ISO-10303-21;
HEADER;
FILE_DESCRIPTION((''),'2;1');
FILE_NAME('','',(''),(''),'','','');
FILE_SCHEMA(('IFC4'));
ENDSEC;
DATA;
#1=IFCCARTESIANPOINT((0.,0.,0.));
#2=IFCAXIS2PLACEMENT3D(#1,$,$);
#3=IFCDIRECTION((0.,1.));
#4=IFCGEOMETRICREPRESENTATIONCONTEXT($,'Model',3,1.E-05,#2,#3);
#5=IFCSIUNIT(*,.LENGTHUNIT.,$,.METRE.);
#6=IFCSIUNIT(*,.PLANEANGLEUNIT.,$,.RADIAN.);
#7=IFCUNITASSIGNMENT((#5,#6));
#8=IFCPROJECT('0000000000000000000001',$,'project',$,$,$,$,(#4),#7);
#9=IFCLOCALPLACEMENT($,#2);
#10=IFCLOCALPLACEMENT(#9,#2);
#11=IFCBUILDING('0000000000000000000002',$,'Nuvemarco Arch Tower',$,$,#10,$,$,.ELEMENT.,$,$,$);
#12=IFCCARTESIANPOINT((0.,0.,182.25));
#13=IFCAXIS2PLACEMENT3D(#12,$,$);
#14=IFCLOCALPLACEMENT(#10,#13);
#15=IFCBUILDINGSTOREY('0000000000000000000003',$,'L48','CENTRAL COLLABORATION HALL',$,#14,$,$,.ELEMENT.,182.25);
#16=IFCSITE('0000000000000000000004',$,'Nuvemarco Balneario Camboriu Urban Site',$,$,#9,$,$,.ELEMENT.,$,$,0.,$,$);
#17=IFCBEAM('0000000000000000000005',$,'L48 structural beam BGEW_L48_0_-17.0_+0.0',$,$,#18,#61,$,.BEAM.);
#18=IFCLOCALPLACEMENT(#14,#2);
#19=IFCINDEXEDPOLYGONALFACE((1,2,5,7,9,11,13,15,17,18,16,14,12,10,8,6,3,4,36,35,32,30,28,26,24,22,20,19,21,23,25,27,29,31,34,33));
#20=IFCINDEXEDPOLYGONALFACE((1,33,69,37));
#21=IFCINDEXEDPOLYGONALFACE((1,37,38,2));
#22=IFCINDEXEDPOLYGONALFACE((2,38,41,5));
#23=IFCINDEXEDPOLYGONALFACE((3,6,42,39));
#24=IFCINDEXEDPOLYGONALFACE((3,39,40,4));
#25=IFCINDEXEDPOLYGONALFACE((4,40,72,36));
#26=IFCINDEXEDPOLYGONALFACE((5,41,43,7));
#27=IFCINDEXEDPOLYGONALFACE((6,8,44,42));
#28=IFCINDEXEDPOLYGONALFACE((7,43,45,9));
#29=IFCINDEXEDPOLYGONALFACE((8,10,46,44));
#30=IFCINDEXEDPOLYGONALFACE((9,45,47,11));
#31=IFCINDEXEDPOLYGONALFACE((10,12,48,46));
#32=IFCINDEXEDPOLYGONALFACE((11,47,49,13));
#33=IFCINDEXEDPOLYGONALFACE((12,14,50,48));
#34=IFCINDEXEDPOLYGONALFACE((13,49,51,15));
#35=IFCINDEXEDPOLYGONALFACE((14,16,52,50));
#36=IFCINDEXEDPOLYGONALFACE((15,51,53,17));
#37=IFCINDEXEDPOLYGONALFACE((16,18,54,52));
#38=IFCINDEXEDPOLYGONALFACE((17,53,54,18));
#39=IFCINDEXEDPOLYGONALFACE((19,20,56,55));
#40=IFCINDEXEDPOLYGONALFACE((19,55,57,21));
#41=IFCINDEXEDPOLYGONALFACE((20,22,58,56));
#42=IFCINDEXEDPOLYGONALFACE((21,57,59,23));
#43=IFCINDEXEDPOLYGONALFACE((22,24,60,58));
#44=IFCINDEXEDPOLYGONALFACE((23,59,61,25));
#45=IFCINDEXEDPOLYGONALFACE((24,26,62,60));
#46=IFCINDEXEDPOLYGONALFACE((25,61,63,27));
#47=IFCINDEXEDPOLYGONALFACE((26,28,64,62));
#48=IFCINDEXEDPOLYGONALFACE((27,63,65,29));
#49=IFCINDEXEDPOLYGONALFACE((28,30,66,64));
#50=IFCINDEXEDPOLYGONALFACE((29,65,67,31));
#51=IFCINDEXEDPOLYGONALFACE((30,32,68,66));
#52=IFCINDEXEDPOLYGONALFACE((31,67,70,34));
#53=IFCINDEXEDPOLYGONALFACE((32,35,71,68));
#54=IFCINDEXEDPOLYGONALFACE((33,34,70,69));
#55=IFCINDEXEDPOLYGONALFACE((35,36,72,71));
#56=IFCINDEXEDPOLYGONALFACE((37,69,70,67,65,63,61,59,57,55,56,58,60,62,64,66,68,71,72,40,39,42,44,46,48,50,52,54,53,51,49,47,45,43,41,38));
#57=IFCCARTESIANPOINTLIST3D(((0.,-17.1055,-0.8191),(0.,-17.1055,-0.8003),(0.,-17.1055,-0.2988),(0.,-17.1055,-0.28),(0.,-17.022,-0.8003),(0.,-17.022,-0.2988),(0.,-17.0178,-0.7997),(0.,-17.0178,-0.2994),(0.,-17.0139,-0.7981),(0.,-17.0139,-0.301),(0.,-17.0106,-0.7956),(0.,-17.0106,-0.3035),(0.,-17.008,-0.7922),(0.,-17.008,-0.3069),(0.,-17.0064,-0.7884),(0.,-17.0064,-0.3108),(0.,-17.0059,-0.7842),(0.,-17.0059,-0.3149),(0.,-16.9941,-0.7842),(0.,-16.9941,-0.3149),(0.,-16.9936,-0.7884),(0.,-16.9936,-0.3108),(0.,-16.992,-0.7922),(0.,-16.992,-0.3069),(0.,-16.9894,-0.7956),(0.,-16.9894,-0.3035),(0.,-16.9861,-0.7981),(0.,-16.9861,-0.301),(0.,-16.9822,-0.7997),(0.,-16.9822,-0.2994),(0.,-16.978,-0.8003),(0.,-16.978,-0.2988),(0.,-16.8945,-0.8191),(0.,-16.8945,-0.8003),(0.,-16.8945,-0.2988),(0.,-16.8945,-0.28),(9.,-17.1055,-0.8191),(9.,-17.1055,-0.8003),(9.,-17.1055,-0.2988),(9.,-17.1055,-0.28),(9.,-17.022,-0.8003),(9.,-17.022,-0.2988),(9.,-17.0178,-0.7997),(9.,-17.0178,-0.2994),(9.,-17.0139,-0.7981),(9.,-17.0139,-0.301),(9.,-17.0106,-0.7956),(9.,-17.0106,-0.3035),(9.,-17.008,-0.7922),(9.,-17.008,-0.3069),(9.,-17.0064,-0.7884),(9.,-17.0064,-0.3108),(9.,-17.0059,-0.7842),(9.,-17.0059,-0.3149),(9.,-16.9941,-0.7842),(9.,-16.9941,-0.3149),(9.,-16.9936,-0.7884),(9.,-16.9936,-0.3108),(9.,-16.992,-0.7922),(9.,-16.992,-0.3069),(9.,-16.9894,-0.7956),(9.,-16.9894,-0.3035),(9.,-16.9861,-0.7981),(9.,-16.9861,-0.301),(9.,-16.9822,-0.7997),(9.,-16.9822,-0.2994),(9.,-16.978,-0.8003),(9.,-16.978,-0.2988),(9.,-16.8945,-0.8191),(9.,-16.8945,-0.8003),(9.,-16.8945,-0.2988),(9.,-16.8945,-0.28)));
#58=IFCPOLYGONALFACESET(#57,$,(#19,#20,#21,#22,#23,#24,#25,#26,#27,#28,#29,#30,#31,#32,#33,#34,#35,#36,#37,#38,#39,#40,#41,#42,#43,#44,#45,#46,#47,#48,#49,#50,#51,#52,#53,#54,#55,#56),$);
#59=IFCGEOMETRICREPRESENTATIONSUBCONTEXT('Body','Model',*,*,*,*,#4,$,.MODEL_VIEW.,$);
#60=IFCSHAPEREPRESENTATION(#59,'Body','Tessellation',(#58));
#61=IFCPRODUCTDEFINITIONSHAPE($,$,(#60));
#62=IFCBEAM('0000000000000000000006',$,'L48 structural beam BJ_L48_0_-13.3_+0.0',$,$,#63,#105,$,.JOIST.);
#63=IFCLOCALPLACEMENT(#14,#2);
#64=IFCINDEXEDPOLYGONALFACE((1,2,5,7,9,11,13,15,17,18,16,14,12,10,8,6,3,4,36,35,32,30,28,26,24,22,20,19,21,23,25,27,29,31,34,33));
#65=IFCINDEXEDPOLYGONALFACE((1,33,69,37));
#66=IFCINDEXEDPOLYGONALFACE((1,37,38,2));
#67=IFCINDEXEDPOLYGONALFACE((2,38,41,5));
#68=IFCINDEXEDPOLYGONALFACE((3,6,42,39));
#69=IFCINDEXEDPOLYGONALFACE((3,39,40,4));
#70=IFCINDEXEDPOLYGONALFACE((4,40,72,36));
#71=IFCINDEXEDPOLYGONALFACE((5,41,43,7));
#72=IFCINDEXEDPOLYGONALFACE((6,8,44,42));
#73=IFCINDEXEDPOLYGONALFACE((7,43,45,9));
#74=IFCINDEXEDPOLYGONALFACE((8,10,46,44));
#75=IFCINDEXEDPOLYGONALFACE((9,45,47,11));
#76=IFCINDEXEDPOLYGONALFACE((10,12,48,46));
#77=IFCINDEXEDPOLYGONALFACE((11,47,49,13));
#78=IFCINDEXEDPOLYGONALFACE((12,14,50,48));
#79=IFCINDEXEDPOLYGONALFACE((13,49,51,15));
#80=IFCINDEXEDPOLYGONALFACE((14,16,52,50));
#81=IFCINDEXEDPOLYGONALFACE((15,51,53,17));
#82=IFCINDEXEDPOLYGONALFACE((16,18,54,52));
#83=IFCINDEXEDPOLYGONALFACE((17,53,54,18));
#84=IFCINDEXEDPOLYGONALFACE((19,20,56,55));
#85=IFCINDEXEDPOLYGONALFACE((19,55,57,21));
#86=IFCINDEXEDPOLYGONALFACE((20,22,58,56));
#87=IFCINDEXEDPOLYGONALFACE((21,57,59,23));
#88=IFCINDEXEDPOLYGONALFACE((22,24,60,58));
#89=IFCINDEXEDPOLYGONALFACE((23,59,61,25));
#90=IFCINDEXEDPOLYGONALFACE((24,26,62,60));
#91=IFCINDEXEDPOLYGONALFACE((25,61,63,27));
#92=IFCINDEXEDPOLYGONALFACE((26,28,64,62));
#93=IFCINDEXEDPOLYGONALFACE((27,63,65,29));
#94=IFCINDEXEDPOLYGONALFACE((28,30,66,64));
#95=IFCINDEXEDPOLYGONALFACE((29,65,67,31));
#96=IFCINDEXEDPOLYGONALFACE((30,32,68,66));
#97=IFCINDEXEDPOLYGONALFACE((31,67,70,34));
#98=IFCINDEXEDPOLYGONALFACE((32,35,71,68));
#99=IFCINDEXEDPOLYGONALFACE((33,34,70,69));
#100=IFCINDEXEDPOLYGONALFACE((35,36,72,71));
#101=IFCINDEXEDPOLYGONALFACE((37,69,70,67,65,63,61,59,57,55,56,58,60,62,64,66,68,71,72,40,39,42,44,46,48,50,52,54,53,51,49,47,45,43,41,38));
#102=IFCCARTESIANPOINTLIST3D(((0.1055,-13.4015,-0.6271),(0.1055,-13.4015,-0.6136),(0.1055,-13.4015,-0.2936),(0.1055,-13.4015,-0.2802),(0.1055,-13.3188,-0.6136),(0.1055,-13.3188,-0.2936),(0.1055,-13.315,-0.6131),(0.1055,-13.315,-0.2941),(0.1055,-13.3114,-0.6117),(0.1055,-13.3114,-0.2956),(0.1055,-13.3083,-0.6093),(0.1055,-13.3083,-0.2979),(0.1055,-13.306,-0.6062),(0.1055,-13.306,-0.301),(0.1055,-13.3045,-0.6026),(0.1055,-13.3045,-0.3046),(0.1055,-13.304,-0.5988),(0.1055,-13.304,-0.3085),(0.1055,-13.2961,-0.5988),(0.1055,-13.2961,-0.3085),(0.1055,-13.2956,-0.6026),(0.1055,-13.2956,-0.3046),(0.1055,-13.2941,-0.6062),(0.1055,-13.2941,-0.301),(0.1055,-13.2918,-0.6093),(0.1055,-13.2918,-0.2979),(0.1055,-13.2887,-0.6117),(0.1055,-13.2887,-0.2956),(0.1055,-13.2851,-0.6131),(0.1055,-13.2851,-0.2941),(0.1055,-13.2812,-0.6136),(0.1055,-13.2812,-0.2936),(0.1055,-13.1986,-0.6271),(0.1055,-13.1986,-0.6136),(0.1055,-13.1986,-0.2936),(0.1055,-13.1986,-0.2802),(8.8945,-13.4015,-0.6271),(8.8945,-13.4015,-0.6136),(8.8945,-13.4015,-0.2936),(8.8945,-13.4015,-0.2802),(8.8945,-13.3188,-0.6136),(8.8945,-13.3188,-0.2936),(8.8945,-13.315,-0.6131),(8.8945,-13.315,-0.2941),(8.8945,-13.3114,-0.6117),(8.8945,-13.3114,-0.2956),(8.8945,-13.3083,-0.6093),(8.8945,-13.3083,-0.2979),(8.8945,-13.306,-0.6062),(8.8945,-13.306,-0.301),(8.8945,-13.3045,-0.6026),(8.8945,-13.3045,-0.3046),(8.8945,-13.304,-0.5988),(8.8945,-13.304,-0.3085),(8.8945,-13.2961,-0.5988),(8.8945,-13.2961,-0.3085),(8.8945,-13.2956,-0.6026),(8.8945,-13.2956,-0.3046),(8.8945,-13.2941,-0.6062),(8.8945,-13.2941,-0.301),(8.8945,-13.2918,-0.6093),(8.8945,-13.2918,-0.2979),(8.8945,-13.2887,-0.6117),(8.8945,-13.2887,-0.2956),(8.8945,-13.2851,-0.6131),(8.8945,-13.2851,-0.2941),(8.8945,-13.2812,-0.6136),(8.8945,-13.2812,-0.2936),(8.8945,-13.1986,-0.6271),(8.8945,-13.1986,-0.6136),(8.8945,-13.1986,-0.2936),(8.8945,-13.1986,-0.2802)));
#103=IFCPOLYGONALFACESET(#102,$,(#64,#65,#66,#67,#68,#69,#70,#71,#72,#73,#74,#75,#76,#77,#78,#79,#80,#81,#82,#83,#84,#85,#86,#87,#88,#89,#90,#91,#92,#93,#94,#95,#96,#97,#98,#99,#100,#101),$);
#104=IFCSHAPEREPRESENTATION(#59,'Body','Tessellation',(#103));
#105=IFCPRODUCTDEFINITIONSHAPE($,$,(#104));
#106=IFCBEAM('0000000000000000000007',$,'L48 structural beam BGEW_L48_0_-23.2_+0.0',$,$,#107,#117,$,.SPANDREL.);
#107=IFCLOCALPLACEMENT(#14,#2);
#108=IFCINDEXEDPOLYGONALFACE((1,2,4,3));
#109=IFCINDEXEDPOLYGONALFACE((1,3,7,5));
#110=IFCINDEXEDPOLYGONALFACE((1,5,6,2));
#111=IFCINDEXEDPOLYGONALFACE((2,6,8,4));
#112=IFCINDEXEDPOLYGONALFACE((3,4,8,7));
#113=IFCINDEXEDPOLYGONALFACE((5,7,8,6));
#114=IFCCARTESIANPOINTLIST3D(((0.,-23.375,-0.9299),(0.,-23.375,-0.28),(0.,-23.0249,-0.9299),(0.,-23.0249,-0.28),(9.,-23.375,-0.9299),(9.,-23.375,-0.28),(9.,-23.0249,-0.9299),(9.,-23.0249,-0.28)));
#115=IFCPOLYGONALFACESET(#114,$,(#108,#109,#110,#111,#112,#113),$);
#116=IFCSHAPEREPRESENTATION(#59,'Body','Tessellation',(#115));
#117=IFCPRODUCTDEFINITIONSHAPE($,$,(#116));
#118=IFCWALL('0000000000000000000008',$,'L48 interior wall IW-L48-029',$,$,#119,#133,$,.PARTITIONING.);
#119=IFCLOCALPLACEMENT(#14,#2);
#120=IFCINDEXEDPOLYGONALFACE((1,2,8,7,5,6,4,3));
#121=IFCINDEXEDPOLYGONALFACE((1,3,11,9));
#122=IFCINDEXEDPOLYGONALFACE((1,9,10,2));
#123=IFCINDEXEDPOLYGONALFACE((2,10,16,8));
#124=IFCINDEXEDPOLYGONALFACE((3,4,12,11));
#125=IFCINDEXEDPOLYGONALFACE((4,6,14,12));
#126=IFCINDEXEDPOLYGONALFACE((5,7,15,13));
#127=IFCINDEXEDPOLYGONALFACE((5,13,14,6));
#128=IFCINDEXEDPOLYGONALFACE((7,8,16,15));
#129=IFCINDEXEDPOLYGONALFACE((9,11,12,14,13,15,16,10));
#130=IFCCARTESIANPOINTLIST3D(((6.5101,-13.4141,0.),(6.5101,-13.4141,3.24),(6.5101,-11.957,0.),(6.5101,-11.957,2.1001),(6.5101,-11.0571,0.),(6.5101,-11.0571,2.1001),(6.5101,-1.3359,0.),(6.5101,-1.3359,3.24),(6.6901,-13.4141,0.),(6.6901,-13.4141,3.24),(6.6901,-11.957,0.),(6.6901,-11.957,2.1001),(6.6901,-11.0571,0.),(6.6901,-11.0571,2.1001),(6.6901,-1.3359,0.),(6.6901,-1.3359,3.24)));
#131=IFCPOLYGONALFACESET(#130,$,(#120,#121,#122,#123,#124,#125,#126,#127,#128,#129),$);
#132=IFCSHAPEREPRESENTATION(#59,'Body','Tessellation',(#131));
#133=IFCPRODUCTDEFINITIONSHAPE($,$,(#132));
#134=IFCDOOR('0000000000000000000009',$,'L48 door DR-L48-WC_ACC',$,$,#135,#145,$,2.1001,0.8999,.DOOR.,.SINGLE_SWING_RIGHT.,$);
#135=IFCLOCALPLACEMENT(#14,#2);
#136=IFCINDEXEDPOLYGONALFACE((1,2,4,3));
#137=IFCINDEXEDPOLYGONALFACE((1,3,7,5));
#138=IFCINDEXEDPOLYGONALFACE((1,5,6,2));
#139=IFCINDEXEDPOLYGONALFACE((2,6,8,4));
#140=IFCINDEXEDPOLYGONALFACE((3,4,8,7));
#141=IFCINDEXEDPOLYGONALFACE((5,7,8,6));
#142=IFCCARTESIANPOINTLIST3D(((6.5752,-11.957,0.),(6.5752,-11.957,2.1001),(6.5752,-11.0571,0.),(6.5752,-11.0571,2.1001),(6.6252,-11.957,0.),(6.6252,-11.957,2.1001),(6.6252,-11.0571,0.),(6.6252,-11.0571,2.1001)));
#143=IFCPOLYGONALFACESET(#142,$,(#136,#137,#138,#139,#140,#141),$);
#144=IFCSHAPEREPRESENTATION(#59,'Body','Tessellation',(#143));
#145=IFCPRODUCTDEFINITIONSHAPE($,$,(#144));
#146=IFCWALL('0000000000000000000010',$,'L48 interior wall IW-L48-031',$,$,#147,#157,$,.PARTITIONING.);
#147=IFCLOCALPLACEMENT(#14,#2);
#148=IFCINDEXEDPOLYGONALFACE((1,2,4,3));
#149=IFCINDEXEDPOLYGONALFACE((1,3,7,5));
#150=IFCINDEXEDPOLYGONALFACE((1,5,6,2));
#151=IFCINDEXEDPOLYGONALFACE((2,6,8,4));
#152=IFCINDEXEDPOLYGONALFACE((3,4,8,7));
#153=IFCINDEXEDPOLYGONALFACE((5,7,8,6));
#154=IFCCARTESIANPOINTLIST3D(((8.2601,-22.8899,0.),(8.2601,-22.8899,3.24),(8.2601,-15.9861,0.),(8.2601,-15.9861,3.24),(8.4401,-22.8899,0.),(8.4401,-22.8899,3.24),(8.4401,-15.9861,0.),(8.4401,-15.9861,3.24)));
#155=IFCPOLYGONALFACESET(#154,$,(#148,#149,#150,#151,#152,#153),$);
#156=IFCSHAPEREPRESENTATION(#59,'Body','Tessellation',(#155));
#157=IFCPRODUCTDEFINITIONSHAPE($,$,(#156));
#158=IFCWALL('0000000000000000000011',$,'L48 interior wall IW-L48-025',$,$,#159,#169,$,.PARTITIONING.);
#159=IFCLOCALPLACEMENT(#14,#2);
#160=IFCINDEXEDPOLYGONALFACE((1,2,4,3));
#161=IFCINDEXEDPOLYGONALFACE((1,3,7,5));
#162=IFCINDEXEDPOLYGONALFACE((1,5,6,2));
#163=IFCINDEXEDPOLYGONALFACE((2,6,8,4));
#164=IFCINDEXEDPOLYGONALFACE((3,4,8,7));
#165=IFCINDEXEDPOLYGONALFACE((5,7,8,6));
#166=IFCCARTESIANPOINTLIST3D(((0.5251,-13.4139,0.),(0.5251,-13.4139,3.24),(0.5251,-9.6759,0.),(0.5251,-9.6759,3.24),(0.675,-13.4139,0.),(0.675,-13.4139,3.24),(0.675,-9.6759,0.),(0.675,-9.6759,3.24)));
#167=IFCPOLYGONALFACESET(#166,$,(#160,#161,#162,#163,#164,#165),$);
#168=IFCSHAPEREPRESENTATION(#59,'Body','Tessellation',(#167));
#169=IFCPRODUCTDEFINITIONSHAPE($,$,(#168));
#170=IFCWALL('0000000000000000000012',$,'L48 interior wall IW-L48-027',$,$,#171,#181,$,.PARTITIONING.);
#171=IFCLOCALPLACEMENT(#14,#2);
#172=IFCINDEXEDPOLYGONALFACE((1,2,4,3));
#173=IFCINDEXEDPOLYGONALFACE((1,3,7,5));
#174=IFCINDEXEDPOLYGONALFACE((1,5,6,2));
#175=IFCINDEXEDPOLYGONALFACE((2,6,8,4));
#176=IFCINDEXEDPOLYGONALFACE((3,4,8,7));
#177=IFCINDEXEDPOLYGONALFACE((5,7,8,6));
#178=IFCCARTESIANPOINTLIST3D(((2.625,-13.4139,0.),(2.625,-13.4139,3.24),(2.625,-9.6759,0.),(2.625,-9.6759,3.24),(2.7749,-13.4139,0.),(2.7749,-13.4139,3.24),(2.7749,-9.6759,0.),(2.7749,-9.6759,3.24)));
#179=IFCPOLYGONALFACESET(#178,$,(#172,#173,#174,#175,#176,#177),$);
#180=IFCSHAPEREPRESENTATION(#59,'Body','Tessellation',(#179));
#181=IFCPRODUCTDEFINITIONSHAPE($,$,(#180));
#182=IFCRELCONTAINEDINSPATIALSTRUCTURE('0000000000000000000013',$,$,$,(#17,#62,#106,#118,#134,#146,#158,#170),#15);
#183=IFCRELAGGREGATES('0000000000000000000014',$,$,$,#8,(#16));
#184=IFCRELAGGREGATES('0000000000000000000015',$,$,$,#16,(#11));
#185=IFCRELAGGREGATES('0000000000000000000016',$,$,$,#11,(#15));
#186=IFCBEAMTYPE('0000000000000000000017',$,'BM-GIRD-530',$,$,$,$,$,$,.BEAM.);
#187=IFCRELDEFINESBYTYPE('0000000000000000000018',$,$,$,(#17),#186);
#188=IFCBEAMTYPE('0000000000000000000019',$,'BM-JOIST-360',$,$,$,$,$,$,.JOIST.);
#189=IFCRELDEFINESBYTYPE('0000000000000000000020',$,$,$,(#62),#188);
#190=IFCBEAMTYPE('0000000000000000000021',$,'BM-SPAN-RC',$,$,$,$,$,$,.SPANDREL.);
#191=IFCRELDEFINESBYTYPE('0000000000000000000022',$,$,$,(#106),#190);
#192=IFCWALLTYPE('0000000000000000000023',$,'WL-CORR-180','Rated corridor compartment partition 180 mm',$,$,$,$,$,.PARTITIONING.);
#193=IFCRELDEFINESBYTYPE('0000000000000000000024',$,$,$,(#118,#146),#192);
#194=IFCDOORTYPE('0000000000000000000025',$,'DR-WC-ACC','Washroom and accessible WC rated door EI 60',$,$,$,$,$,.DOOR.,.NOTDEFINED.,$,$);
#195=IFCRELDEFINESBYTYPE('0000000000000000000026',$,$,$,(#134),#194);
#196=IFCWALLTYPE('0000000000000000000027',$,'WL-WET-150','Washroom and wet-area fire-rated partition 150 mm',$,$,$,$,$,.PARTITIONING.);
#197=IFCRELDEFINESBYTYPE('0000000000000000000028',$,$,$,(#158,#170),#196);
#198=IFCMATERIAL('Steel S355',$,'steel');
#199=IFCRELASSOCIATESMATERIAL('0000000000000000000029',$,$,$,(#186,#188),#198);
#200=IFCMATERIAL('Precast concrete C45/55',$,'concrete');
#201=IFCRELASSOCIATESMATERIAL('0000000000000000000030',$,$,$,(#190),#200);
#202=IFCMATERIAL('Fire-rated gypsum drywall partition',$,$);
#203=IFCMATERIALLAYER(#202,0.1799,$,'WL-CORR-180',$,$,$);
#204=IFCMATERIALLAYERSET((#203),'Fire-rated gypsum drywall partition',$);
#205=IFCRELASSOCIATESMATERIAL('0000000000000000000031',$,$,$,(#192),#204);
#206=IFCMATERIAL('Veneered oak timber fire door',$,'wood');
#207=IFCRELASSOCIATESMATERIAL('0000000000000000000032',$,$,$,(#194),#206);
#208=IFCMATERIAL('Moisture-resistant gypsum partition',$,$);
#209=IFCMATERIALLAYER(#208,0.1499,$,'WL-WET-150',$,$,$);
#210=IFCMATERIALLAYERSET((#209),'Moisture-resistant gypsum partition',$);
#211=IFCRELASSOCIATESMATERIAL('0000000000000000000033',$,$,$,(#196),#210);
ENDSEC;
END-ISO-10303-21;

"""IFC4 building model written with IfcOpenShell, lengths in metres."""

from ifc_helpers import new_model, si_unit, direction, frame, frame_2d, origin, origin_2d, place, context, subcontext, project, spatial, rectangle, i_section, extrude, source, transform, mapped, material, layer, layer_set, material_profile, profile_set, type_object, type_shapes, element, fill, save


model = new_model("IFC4")

# Units and contexts
model_context = context("Model", 3, precision=1e-05, world=origin(), true_north=direction((0.0, 1.0)))
body_context = subcontext(model_context, "Body", "Model", "MODEL_VIEW")
ifc_project = project(units=[si_unit("LENGTHUNIT", "METRE"), si_unit("PLANEANGLEUNIT", "RADIAN")], contexts=[model_context])

# Site, building, storey
site_placement = place(None, origin())
site = spatial("IfcSite", under=ifc_project, at=site_placement, Name="Nuvemarco Balneario Camboriu Urban Site", CompositionType="ELEMENT", RefElevation=0.0)
building_placement = place(site_placement, origin())
building = spatial("IfcBuilding", under=site, at=building_placement, Name="Nuvemarco Arch Tower", CompositionType="ELEMENT")
storey_placement = place(building_placement, frame((0.0, 0.0, 182.25)))
storey = spatial("IfcBuildingStorey", under=building, at=storey_placement, Name="L48", Description="CENTRAL COLLABORATION HALL", CompositionType="ELEMENT", Elevation=182.25)

# Shared definitions
ifc_material_1 = material(Name="Steel S355", Category="steel")

# Beams
ifc_material_profile_1 = material_profile(ifc_material_1, i_section(OverallWidth=0.2109, OverallDepth=0.5391, WebThickness=0.0117, FlangeThickness=0.0188, FilletRadius=0.0161, at=origin_2d()), Name="W530x109")
ifc_profile_set_1 = profile_set([ifc_material_profile_1], Name="Steel S355")
beam_type_1 = type_object("IfcBeamType", Name="BM-GIRD-530", PredefinedType="BEAM", material=ifc_profile_set_1)
beam_1_placement = place(storey_placement, frame((0.0, -17.0, -0.5496), z_axis=(1.0, 0.0, 0.0), x_axis=(0.0, 1.0, 0.0)))
element("IfcBeam", 1, at=beam_1_placement, inside=storey, type_object=beam_type_1, Name="L48 structural beam BGEW_L48_0_-17.0_+0.0", PredefinedType="BEAM", context=body_context, shape_type="SweptSolid", body=[
    extrude(i_section(OverallWidth=0.2109, OverallDepth=0.5391, WebThickness=0.0117, FlangeThickness=0.0188, FilletRadius=0.0161, at=origin_2d()), origin(), (0.0, 0.0, 1.0), 9.0),
])
ifc_material_profile_2 = material_profile(ifc_material_1, i_section(OverallWidth=0.2029, OverallDepth=0.3469, WebThickness=0.0078, FlangeThickness=0.0134, FilletRadius=0.0149, at=origin_2d()), Name="W360x64")
ifc_profile_set_2 = profile_set([ifc_material_profile_2], Name="Steel S355")
beam_type_2 = type_object("IfcBeamType", Name="BM-JOIST-360", PredefinedType="JOIST", material=ifc_profile_set_2)
beam_2_placement = place(storey_placement, frame((0.1055, -13.3, -0.4536), z_axis=(1.0, 0.0, 0.0), x_axis=(0.0, 1.0, 0.0)))
element("IfcBeam", 2, at=beam_2_placement, inside=storey, type_object=beam_type_2, Name="L48 structural beam BJ_L48_0_-13.3_+0.0", PredefinedType="JOIST", context=body_context, shape_type="SweptSolid", body=[
    extrude(i_section(OverallWidth=0.2029, OverallDepth=0.3469, WebThickness=0.0078, FlangeThickness=0.0134, FilletRadius=0.0149, at=origin_2d()), origin(), (0.0, 0.0, 1.0), 8.7891),
])
ifc_material_2 = material(Name="Precast concrete C45/55", Category="concrete")
ifc_material_profile_3 = material_profile(ifc_material_2, rectangle(XDim=0.3501, YDim=0.6499, at=origin_2d()), Name="PC-SP-350x650")
ifc_profile_set_3 = profile_set([ifc_material_profile_3], Name="Precast concrete C45/55")
beam_type_3 = type_object("IfcBeamType", Name="BM-SPAN-RC", PredefinedType="SPANDREL", material=ifc_profile_set_3)
beam_3_placement = place(storey_placement, frame((0.0, -23.2, -0.605), z_axis=(1.0, 0.0, 0.0), x_axis=(0.0, 1.0, 0.0)))
element("IfcBeam", 3, at=beam_3_placement, inside=storey, type_object=beam_type_3, Name="L48 structural beam BGEW_L48_0_-23.2_+0.0", PredefinedType="SPANDREL", context=body_context, shape_type="SweptSolid", body=[
    extrude(rectangle(XDim=0.3501, YDim=0.6499, at=origin_2d()), origin(), (0.0, 0.0, 1.0), 9.0),
])

# Wall, opening, door
ifc_material_3 = material(Name="Fire-rated gypsum drywall partition")
ifc_layer_1 = layer(ifc_material_3, 0.1799, Name="WL-CORR-180")
ifc_layer_set_1 = layer_set([ifc_layer_1], Name="Fire-rated gypsum drywall partition")
wall_type_1 = type_object("IfcWallType", Name="WL-CORR-180", Description="Rated corridor compartment partition 180 mm", PredefinedType="PARTITIONING", material=ifc_layer_set_1)
wall_1_placement = place(storey_placement, frame((6.6001, -13.4141, 0.0), z_axis=(0.0, 0.0, 1.0), x_axis=(0.0, 1.0, 0.0)))
wall_1 = element("IfcWall", 4, at=wall_1_placement, inside=storey, type_object=wall_type_1, Name="L48 interior wall IW-L48-029", PredefinedType="PARTITIONING", context=body_context, shape_type="SweptSolid", body=[
    extrude(rectangle(XDim=12.0781, YDim=0.1799, at=frame_2d((6.0391, 0.0))), origin(), (0.0, 0.0, 1.0), 3.24),
])
opening_placement = place(wall_1_placement, frame((1.457, 0.0, 0.0)))
opening = element("IfcOpeningElement", 5, at=opening_placement, cuts=wall_1, PredefinedType="OPENING", context=body_context, shape_type="SweptSolid", body=[
    extrude(rectangle(XDim=0.8999, YDim=2.1001, at=frame_2d((0.45, 1.05))), frame((0.0, 0.0999, 0.0), z_axis=(0.0, -1.0, 0.0), x_axis=(1.0, 0.0, 0.0)), (0.0, 0.0, 1.0), 0.2),
])
ifc_material_4 = material(Name="Veneered oak timber fire door", Category="wood")
door_type = type_object("IfcDoorType", Name="DR-WC-ACC", Description="Washroom and accessible WC rated door EI 60", OperationType="NOTDEFINED", PredefinedType="DOOR", material=ifc_material_4)
shared_shape_1 = source(origin(), body_context, "Body", "SweptSolid", [
    extrude(rectangle(XDim=0.8999, YDim=2.1001, at=frame_2d((0.45, 1.05))), frame((0.0, 0.0249, 0.0), z_axis=(0.0, -1.0, 0.0), x_axis=(1.0, 0.0, 0.0)), (0.0, 0.0, 1.0), 0.05),
])
type_shapes(door_type, [shared_shape_1])
door_placement = place(opening_placement, origin())
door = element("IfcDoor", 6, at=door_placement, inside=storey, type_object=door_type, Name="L48 door DR-L48-WC_ACC", OperationType="SINGLE_SWING_RIGHT", OverallHeight=2.1001, OverallWidth=0.8999, PredefinedType="DOOR", context=body_context, shape_type="MappedRepresentation", body=[
    mapped(shared_shape_1, transform((0.0, 0.0, 0.0), scale=1.0)),
])
fill(opening, door)

# Walls
wall_2_placement = place(storey_placement, frame((8.3501, -22.8899, 0.0), z_axis=(0.0, 0.0, 1.0), x_axis=(0.0, 1.0, 0.0)))
element("IfcWall", 7, at=wall_2_placement, inside=storey, type_object=wall_type_1, Name="L48 interior wall IW-L48-031", PredefinedType="PARTITIONING", context=body_context, shape_type="SweptSolid", body=[
    extrude(rectangle(XDim=6.9038, YDim=0.1799, at=frame_2d((3.4519, 0.0))), origin(), (0.0, 0.0, 1.0), 3.24),
])
ifc_material_5 = material(Name="Moisture-resistant gypsum partition")
ifc_layer_2 = layer(ifc_material_5, 0.1499, Name="WL-WET-150")
ifc_layer_set_2 = layer_set([ifc_layer_2], Name="Moisture-resistant gypsum partition")
wall_type_2 = type_object("IfcWallType", Name="WL-WET-150", Description="Washroom and wet-area fire-rated partition 150 mm", PredefinedType="PARTITIONING", material=ifc_layer_set_2)
for number, where, z_axis, x_axis, name in (
    (8, (0.6001, -13.4141, 0.0), (0.0, 0.0, 1.0), (0.0, 1.0, 0.0), "L48 interior wall IW-L48-025"),
    (9, (2.7, -13.4141, 0.0), (0.0, 0.0, 1.0), (0.0, 1.0, 0.0), "L48 interior wall IW-L48-027"),
):
    element("IfcWall", number, at=place(storey_placement, frame(where, z_axis=z_axis, x_axis=x_axis)), inside=storey, type_object=wall_type_2, Name=name, PredefinedType="PARTITIONING", context=body_context, shape_type="SweptSolid", body=[
        extrude(rectangle(XDim=3.738, YDim=0.1499, at=frame_2d((1.8691, 0.0))), origin(), (0.0, 0.0, 1.0), 3.24),
    ])

save(model, "model.ifc")
